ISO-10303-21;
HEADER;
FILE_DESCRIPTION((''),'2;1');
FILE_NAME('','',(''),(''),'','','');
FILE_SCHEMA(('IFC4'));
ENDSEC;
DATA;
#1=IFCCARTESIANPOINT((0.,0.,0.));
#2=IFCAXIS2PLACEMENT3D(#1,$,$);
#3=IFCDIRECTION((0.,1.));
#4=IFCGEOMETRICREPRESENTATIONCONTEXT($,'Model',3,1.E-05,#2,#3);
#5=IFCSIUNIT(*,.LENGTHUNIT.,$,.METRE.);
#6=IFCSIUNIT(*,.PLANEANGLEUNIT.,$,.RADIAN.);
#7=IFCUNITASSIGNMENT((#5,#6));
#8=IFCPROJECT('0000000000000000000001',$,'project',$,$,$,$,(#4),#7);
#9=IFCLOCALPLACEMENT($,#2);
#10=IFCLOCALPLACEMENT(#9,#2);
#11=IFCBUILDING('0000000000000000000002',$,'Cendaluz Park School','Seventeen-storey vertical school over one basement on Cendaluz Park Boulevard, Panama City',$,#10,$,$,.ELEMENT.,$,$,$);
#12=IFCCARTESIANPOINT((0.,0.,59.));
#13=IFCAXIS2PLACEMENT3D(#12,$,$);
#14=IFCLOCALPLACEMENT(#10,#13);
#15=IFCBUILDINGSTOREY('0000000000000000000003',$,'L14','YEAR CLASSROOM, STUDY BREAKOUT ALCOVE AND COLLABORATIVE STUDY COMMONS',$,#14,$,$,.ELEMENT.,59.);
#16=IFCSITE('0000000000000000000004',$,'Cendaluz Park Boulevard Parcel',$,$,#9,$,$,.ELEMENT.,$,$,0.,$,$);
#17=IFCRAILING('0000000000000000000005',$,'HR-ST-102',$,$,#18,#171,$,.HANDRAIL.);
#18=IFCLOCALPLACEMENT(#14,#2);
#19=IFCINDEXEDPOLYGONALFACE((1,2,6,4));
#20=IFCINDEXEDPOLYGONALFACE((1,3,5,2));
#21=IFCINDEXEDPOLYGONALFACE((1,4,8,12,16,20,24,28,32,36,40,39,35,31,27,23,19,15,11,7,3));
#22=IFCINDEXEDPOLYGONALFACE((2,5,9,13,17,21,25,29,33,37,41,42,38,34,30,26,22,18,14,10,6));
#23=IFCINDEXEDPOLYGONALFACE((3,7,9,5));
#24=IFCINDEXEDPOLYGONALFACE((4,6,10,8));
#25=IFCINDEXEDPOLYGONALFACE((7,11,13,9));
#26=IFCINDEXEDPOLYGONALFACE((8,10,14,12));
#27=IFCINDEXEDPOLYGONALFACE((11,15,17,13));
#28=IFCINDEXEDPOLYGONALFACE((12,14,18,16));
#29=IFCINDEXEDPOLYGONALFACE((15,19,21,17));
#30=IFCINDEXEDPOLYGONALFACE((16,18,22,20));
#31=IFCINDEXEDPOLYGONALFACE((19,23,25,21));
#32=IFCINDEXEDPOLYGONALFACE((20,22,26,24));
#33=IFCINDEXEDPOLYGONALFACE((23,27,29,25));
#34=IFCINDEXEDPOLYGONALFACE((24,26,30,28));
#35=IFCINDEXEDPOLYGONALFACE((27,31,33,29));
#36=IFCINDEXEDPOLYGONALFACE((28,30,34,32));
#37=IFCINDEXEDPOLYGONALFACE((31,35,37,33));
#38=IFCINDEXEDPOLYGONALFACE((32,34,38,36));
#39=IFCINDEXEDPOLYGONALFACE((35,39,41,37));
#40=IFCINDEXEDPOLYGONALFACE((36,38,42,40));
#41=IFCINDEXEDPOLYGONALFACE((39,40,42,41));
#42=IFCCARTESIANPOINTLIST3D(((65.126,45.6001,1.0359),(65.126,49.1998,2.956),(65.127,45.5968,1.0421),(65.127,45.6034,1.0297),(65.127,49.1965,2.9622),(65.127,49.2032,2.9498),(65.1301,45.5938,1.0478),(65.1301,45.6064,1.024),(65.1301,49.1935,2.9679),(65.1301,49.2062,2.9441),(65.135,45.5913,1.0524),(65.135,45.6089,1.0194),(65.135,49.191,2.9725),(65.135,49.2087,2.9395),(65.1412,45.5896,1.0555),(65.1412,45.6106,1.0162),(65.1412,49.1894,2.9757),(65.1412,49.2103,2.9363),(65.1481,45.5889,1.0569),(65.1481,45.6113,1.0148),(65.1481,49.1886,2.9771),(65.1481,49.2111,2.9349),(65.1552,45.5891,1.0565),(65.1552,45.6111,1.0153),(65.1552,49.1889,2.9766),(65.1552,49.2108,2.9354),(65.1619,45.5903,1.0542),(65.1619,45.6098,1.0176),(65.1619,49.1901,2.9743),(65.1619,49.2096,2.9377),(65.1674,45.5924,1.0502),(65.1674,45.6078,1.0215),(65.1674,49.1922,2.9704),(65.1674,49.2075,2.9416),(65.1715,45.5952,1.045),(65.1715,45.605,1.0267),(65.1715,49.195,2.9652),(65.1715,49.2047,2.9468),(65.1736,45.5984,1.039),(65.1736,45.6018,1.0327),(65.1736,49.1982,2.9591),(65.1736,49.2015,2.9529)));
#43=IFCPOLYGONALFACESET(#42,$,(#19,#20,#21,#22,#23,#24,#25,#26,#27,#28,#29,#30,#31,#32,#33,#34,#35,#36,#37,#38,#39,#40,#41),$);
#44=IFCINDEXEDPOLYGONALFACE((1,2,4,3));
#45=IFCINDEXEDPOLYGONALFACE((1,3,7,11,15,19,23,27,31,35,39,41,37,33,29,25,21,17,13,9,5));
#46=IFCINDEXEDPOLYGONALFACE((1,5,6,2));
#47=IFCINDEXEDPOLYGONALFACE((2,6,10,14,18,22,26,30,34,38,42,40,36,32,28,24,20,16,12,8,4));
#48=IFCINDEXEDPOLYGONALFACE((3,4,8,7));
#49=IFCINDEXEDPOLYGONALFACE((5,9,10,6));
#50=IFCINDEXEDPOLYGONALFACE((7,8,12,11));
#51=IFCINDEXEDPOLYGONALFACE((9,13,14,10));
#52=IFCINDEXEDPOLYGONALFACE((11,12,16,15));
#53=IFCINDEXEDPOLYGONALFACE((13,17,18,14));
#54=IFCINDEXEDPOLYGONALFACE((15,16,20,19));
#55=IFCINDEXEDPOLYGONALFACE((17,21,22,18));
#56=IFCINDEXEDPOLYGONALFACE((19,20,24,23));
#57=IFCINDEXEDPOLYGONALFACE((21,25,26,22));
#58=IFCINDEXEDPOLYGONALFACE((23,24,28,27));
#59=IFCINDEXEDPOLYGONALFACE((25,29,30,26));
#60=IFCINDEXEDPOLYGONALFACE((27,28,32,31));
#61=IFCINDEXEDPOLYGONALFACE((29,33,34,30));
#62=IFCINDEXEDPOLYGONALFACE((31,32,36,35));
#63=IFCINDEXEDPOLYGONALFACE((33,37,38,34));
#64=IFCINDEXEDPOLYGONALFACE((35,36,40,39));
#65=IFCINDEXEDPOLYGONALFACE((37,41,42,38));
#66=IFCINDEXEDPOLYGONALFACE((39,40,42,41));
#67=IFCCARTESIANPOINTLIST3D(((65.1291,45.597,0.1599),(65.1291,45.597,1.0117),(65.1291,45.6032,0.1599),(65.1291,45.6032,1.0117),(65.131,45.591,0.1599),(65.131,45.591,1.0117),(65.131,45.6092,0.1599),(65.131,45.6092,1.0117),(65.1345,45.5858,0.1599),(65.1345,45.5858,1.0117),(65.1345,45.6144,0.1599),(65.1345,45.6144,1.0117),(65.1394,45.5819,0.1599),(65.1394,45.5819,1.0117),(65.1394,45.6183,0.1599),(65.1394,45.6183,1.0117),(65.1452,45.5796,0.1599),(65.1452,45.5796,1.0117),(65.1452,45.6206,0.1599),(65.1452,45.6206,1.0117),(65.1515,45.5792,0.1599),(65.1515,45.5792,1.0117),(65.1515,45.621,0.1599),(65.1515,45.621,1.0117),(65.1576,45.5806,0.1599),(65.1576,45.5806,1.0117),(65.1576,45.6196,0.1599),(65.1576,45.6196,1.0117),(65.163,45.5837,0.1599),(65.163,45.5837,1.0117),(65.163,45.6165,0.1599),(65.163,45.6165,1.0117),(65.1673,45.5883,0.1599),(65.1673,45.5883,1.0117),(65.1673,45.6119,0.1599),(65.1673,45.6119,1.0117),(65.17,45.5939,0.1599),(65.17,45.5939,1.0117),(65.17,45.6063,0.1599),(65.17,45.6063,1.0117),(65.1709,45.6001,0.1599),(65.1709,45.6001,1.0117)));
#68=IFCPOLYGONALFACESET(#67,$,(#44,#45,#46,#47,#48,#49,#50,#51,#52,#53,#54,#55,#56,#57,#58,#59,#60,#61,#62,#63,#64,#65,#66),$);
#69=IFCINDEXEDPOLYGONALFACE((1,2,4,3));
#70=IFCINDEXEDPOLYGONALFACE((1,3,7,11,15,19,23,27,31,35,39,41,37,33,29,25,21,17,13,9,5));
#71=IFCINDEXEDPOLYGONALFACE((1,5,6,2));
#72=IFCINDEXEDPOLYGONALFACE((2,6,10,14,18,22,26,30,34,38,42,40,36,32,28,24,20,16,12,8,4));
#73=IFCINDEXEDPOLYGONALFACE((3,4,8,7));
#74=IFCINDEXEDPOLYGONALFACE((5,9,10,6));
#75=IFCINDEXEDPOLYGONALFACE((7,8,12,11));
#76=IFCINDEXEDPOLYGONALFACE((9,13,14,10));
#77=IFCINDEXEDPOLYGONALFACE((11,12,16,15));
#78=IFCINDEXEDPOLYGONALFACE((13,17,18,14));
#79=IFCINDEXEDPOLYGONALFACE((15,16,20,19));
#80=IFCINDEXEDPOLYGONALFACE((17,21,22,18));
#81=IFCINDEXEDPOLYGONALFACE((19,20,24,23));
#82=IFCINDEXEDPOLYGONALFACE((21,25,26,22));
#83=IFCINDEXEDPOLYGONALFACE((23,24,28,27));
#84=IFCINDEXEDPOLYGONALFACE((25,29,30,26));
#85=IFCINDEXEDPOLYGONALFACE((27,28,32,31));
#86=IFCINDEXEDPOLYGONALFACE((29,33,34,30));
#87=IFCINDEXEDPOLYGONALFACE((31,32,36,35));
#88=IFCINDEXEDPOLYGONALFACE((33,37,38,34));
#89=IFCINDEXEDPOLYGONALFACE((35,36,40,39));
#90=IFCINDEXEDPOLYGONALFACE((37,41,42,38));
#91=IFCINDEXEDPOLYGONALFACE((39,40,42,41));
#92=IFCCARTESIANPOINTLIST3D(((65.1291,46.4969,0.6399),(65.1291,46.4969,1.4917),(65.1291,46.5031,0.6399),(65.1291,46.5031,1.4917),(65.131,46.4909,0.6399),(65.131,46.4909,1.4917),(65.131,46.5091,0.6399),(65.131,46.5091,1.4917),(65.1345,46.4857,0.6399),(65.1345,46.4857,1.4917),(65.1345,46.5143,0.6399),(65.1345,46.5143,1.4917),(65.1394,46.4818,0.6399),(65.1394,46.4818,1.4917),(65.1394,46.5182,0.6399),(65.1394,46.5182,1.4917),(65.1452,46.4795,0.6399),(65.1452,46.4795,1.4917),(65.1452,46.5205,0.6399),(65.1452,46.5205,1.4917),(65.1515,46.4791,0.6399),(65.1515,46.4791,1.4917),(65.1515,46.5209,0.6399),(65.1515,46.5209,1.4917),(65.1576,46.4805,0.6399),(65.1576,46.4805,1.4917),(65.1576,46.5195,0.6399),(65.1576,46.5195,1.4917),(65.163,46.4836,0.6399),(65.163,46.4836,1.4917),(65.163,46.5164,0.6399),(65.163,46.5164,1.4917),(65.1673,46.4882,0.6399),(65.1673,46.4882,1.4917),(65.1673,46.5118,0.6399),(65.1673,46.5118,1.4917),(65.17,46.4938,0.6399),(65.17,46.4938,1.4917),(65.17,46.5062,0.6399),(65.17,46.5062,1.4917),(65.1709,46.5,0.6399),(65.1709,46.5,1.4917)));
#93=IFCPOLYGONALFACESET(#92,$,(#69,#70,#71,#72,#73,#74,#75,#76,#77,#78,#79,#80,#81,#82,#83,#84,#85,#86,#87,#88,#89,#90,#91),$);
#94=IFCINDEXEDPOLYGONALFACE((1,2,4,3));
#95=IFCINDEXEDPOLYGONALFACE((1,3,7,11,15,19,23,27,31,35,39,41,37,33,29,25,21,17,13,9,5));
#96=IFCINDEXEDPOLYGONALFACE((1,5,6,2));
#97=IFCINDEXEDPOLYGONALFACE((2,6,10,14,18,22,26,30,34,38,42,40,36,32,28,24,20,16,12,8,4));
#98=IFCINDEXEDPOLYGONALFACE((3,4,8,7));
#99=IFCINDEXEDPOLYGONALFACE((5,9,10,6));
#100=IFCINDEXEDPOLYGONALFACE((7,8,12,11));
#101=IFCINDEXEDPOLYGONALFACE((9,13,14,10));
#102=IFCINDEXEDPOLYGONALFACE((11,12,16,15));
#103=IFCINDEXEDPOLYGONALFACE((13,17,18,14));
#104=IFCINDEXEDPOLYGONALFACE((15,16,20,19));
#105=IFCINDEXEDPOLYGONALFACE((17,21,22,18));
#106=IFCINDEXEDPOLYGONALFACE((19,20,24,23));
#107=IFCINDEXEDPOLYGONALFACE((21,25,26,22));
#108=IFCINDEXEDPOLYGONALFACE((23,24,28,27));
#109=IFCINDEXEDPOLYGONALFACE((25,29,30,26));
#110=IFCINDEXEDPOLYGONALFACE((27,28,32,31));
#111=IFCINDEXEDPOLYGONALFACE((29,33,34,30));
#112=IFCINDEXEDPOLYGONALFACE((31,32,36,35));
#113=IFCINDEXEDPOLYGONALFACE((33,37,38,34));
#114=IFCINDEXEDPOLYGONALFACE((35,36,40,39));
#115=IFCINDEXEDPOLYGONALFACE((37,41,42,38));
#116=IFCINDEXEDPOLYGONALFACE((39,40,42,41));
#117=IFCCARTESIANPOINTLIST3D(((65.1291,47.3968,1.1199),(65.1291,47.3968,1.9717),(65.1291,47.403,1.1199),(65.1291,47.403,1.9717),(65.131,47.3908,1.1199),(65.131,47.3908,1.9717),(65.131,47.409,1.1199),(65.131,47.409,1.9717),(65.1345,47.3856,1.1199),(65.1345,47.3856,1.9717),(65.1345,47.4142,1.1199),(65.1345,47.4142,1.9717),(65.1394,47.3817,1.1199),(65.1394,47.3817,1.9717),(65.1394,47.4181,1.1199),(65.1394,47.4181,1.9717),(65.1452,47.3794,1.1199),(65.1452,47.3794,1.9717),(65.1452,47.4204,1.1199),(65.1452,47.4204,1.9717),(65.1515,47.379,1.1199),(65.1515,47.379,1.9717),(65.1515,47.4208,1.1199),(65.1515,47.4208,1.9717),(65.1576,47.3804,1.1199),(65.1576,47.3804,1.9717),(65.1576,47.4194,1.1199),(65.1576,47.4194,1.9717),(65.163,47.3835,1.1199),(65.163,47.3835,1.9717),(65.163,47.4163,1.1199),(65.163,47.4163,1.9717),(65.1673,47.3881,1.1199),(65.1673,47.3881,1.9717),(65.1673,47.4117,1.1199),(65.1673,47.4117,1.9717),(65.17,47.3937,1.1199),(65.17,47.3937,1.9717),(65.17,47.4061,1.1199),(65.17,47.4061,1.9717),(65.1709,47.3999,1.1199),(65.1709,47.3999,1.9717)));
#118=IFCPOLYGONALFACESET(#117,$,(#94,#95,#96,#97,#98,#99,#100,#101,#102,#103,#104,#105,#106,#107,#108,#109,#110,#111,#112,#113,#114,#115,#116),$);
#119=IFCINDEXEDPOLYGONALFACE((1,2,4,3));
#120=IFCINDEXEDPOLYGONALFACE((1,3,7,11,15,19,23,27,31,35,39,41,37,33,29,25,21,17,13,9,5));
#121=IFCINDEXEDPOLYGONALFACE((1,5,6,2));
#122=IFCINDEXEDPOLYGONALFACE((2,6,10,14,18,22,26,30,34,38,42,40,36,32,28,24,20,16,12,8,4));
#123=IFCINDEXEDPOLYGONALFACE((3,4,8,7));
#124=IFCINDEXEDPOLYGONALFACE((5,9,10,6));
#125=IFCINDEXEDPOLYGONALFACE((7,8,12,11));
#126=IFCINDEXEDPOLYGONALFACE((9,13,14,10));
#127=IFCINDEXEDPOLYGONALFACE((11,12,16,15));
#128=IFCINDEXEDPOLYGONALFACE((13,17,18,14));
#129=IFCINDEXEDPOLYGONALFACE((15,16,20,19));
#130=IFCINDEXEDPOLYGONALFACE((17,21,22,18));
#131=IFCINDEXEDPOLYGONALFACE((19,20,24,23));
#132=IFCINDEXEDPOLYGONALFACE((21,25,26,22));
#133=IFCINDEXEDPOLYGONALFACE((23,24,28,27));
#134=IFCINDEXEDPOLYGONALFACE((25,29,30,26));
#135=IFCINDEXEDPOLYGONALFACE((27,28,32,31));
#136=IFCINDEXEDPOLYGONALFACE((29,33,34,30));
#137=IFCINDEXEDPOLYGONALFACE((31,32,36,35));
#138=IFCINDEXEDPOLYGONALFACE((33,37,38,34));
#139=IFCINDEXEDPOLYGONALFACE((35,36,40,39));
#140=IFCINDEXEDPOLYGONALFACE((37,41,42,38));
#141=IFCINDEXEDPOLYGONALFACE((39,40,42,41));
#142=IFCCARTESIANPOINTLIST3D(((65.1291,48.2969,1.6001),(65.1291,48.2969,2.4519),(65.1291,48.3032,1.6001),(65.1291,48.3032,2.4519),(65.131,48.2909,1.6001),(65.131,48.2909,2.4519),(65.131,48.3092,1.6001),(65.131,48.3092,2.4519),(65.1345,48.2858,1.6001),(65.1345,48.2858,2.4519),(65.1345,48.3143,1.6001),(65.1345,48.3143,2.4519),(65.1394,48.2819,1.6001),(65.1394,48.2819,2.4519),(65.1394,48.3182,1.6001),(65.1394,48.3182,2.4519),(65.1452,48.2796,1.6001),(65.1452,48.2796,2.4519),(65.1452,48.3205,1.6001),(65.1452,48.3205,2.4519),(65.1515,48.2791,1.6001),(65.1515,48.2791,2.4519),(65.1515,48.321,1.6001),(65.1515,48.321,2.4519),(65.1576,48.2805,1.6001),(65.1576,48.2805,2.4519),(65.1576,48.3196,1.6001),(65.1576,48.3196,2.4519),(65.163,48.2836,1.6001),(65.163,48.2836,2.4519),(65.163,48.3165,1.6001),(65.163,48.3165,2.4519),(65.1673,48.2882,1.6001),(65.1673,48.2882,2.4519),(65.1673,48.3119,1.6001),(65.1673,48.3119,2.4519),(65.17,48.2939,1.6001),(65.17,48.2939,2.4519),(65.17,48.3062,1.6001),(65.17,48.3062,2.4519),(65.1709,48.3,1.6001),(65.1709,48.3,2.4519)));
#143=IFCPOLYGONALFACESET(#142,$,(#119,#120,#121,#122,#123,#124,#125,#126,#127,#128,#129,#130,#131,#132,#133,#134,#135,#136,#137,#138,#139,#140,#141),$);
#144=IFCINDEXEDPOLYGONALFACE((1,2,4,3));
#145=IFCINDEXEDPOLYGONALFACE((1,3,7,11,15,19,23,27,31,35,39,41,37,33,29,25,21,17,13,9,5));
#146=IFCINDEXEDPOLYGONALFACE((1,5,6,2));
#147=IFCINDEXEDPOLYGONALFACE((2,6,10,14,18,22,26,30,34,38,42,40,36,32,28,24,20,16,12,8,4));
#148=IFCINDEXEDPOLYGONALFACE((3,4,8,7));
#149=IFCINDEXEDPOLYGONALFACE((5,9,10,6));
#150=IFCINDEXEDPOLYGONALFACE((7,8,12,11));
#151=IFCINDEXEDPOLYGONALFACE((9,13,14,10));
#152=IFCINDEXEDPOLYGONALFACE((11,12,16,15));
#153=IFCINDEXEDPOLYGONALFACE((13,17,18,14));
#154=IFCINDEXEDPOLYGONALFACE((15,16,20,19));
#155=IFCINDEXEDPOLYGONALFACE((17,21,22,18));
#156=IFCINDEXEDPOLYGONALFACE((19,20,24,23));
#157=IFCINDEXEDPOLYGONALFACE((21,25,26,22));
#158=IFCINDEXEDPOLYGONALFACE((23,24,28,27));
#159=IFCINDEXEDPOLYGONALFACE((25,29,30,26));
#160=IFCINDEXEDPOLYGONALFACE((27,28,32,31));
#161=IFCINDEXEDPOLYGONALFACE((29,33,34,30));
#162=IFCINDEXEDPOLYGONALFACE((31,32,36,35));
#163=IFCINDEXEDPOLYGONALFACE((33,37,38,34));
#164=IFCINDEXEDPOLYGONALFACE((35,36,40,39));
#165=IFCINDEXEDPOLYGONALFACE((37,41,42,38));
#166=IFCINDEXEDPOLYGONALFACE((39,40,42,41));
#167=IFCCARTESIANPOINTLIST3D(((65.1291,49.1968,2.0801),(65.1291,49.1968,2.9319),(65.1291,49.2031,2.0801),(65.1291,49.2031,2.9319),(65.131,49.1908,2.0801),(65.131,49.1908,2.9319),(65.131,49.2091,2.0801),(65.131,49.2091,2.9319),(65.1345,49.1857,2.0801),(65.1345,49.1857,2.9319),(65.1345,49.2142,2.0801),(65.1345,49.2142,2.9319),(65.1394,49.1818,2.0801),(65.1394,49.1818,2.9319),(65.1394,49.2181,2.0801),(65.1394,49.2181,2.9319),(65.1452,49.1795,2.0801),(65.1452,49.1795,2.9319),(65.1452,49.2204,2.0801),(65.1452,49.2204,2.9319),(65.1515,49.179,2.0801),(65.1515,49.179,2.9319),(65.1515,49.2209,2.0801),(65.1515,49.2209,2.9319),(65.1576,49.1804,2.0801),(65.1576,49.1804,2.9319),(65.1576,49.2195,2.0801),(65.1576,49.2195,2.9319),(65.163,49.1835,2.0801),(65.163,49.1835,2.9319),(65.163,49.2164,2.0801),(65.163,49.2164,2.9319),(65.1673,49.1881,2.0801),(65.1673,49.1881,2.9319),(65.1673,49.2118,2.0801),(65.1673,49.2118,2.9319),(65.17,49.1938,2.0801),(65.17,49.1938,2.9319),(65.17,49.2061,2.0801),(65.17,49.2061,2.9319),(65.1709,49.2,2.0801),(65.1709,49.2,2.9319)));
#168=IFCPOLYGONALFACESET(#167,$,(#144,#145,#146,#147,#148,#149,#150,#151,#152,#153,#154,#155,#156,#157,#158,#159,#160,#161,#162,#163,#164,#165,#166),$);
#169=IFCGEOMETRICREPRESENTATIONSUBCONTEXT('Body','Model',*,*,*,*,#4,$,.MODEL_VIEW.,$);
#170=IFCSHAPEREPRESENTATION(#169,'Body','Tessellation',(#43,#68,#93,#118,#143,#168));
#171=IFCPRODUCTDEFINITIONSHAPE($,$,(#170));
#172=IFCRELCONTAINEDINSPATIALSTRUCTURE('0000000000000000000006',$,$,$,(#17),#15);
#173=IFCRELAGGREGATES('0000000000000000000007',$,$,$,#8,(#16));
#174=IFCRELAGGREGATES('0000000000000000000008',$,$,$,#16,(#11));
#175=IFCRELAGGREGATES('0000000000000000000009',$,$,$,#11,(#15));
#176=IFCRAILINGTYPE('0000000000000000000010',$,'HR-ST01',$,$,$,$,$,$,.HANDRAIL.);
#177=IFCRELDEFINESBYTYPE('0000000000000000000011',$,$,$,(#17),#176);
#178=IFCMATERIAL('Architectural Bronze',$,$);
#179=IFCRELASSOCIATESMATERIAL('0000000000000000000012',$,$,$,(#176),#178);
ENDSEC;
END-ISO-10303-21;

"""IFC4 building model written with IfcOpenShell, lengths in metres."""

from ifc_helpers import new_model, si_unit, direction, frame, origin, origin_2d, place, context, subcontext, project, spatial, circle, extrude, material, type_object, element, save


model = new_model("IFC4")

# Units and contexts
model_context = context("Model", 3, precision=1e-05, world=origin(), true_north=direction((0.0, 1.0)))
body_context = subcontext(model_context, "Body", "Model", "MODEL_VIEW")
ifc_project = project(units=[si_unit("LENGTHUNIT", "METRE"), si_unit("PLANEANGLEUNIT", "RADIAN")], contexts=[model_context])

# Site, building, storey
site_placement = place(None, origin())
site = spatial("IfcSite", under=ifc_project, at=site_placement, Name="Cendaluz Park Boulevard Parcel", CompositionType="ELEMENT", RefElevation=0.0)
building_placement = place(site_placement, origin())
building = spatial("IfcBuilding", under=site, at=building_placement, Name="Cendaluz Park School", Description="Seventeen-storey vertical school over one basement on Cendaluz Park Boulevard, Panama City", CompositionType="ELEMENT")
storey_placement = place(building_placement, frame((0.0, 0.0, 59.0)))
storey = spatial("IfcBuildingStorey", under=building, at=storey_placement, Name="L14", Description="YEAR CLASSROOM, STUDY BREAKOUT ALCOVE AND COLLABORATIVE STUDY COMMONS", CompositionType="ELEMENT", Elevation=59.0)

# Railing
ifc_material_1 = material(Name="Architectural Bronze")
railing_type_1 = type_object("IfcRailingType", Name="HR-ST01", PredefinedType="HANDRAIL", material=ifc_material_1)
railing_1_placement = place(storey_placement, frame((65.1499, 45.6001, 0.1599)))
element("IfcRailing", 1, at=railing_1_placement, inside=storey, type_object=railing_type_1, Name="HR-ST-102", PredefinedType="HANDRAIL", context=body_context, shape_type="SweptSolid", body=[
    extrude(circle(Radius=0.0239, at=origin_2d()), frame((0.0, 0.0, 0.876), z_axis=(0.0, 0.882328, 0.470635), x_axis=(-1.0, 0.0, 0.0)), (0.0, 0.0, 1.0), 4.0798),
    extrude(circle(Radius=0.021, at=origin_2d()), origin(), (0.0, 0.0, 1.0), 0.8518),
    extrude(circle(Radius=0.021, at=origin_2d()), frame((0.0, 0.8999, 0.48)), (0.0, 0.0, 1.0), 0.8518),
    extrude(circle(Radius=0.021, at=origin_2d()), frame((0.0, 1.7998, 0.96)), (0.0, 0.0, 1.0), 0.8518),
    extrude(circle(Radius=0.021, at=origin_2d()), frame((0.0, 2.7, 1.4402)), (0.0, 0.0, 1.0), 0.8518),
    extrude(circle(Radius=0.021, at=origin_2d()), frame((0.0, 3.5999, 1.9202)), (0.0, 0.0, 1.0), 0.8518),
])

save(model, "model.ifc")
